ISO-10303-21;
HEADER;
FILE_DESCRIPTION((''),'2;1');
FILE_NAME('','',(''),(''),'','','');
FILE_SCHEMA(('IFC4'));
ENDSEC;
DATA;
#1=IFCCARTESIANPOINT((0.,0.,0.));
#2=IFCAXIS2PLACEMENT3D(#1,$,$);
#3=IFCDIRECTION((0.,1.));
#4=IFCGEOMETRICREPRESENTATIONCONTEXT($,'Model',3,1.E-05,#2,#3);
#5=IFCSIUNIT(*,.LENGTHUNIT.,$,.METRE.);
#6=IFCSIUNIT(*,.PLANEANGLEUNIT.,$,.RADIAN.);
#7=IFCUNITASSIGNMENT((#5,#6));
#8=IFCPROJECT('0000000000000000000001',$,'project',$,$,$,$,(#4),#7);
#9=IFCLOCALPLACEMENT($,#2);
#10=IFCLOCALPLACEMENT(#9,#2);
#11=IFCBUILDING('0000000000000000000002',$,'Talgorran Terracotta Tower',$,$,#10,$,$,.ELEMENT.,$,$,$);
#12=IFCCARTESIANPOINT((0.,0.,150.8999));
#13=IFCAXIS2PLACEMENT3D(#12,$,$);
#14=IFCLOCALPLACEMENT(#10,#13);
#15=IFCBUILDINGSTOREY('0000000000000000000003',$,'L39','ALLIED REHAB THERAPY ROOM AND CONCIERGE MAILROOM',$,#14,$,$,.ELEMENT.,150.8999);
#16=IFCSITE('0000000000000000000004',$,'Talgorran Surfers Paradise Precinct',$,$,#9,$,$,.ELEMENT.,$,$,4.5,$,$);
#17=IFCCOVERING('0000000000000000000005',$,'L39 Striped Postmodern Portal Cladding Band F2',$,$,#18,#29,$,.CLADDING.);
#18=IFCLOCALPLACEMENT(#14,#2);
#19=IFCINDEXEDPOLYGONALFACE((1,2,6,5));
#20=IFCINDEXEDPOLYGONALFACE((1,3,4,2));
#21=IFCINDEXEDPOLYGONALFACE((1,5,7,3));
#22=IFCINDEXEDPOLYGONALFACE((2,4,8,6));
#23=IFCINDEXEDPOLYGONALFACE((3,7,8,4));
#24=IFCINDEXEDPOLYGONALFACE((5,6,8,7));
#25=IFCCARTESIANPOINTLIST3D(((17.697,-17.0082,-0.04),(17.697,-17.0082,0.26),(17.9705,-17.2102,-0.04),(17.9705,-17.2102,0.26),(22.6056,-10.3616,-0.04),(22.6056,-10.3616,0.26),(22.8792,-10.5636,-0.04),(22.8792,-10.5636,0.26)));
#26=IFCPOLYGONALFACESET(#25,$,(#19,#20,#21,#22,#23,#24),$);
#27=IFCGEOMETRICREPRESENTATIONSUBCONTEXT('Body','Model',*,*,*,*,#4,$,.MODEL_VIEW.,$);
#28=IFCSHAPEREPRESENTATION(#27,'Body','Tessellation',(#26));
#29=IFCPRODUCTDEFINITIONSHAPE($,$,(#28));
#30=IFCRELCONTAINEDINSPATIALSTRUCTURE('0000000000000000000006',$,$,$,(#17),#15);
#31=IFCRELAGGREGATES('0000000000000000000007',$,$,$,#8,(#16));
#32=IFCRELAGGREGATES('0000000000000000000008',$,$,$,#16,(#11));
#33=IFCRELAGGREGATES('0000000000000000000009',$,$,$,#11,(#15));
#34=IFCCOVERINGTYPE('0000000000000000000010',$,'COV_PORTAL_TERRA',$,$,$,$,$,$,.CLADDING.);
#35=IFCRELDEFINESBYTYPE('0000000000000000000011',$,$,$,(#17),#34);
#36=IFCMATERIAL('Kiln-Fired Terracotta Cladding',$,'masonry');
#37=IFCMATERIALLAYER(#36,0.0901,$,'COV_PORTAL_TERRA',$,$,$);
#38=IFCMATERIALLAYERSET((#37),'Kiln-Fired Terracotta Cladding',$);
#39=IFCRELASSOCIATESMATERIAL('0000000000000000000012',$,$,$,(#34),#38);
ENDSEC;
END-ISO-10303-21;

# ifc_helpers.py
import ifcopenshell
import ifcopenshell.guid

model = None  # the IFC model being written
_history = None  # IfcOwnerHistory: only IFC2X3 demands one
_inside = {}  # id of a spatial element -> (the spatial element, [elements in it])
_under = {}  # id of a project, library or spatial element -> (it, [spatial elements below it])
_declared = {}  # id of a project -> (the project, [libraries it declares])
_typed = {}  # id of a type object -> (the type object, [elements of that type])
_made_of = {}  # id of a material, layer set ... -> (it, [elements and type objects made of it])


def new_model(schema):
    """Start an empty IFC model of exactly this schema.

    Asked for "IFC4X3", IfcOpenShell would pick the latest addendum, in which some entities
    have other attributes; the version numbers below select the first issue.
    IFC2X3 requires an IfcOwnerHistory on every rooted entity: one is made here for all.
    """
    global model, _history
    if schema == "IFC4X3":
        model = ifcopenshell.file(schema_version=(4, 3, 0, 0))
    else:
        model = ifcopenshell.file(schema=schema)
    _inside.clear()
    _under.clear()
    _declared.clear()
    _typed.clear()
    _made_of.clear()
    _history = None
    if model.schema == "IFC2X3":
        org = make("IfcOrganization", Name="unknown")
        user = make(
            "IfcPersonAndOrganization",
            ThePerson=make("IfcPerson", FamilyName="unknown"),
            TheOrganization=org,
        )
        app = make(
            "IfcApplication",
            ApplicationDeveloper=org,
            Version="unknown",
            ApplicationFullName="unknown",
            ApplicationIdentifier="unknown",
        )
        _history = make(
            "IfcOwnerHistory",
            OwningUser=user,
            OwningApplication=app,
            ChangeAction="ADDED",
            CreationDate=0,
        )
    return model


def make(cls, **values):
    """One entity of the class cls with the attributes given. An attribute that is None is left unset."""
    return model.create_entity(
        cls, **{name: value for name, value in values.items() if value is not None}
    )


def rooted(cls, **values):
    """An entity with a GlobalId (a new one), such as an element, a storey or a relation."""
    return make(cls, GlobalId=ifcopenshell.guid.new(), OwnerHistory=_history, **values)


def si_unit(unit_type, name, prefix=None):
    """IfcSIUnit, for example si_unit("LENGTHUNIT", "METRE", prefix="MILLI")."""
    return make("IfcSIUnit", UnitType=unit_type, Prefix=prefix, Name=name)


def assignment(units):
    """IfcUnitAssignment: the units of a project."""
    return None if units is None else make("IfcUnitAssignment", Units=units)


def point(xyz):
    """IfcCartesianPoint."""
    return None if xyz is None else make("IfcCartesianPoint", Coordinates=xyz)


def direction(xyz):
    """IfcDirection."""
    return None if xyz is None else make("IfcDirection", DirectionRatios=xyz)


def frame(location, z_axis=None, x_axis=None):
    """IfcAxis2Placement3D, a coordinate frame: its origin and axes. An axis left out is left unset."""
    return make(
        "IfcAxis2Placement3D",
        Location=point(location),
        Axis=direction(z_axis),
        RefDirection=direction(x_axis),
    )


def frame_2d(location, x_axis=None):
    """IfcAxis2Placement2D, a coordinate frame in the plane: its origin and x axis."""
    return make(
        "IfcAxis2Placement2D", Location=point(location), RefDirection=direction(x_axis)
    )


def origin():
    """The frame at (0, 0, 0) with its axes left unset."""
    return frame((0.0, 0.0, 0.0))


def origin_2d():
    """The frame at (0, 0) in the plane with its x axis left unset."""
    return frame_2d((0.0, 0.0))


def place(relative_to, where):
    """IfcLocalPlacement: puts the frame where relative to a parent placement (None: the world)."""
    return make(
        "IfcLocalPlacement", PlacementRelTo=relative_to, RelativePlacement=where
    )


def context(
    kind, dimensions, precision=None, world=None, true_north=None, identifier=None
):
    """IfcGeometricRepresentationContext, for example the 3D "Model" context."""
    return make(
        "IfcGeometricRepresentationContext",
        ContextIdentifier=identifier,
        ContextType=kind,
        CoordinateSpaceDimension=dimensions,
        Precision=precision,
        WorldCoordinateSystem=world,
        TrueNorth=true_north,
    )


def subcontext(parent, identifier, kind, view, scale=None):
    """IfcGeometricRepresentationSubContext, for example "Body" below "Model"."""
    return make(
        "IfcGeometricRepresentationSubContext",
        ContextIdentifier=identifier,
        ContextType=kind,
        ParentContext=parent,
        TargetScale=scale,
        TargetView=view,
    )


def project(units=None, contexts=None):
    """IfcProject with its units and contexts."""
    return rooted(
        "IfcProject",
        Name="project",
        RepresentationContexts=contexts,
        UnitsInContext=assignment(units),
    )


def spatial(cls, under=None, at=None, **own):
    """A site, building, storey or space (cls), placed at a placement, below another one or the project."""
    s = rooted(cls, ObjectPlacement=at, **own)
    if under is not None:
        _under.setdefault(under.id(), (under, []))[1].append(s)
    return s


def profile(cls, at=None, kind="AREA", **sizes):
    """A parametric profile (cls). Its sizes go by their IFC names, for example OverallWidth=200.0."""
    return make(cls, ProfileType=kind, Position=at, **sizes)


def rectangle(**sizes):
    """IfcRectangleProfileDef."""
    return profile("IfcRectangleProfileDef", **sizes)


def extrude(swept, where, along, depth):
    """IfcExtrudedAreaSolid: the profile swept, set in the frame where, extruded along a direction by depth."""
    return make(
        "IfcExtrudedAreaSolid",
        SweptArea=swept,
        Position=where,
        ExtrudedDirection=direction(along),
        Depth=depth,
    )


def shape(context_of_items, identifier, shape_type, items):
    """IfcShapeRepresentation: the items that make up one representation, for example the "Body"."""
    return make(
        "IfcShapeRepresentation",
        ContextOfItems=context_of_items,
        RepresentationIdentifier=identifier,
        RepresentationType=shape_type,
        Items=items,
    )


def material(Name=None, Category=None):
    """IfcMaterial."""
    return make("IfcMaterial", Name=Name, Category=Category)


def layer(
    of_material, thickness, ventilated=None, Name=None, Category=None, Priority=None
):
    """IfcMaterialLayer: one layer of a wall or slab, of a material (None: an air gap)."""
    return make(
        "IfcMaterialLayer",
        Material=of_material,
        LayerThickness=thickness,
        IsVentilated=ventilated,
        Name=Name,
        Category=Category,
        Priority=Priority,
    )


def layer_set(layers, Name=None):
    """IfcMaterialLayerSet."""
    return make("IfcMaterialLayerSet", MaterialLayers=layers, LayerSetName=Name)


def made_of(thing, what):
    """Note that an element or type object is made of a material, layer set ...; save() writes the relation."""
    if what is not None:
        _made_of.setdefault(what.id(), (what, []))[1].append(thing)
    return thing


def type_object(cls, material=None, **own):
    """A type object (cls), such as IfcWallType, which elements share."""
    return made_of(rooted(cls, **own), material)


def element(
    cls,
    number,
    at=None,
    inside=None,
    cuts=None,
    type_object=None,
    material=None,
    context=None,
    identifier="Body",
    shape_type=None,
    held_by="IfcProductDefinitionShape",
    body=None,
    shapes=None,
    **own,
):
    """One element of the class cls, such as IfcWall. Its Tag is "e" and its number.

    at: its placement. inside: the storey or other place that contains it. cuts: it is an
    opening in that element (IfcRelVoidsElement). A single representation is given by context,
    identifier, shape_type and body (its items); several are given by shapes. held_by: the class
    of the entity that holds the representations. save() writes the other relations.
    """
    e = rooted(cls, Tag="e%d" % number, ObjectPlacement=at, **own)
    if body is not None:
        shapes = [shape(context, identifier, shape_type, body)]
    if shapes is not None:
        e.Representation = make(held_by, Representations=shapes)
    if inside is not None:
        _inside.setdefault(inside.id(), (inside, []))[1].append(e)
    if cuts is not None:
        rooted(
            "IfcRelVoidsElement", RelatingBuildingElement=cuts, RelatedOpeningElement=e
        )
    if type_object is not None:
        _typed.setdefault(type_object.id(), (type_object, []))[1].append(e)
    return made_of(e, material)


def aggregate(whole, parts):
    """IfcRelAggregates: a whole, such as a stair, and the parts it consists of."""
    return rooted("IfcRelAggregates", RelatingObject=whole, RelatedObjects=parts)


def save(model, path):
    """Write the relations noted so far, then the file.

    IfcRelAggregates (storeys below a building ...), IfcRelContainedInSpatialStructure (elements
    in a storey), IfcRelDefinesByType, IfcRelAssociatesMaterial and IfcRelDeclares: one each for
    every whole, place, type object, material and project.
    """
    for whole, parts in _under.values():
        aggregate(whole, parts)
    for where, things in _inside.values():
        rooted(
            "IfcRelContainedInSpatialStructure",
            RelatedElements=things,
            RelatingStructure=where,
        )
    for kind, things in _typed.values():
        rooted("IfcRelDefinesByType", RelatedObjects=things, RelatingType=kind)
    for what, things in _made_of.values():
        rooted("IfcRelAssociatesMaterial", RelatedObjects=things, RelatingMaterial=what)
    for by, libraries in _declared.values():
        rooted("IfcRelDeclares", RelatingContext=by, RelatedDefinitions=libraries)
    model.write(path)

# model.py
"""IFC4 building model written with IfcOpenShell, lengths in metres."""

from ifc_helpers import new_model, si_unit, direction, frame, origin, origin_2d, place, context, subcontext, project, spatial, rectangle, extrude, material, layer, layer_set, type_object, element, save


model = new_model("IFC4")

# Units and contexts
model_context = context("Model", 3, precision=1e-05, world=origin(), true_north=direction((0.0, 1.0)))
body_context = subcontext(model_context, "Body", "Model", "MODEL_VIEW")
ifc_project = project(units=[si_unit("LENGTHUNIT", "METRE"), si_unit("PLANEANGLEUNIT", "RADIAN")], contexts=[model_context])

# Site, building, storey
site_placement = place(None, origin())
site = spatial("IfcSite", under=ifc_project, at=site_placement, Name="Talgorran Surfers Paradise Precinct", CompositionType="ELEMENT", RefElevation=4.5)
building_placement = place(site_placement, origin())
building = spatial("IfcBuilding", under=site, at=building_placement, Name="Talgorran Terracotta Tower", CompositionType="ELEMENT")
storey_placement = place(building_placement, frame((0.0, 0.0, 150.8999)))
storey = spatial("IfcBuildingStorey", under=building, at=storey_placement, Name="L39", Description="ALLIED REHAB THERAPY ROOM AND CONCIERGE MAILROOM", CompositionType="ELEMENT", Elevation=150.8999)

# Covering
ifc_material_1 = material(Name="Kiln-Fired Terracotta Cladding", Category="masonry")
ifc_layer_1 = layer(ifc_material_1, 0.0901, Name="COV_PORTAL_TERRA")
ifc_layer_set_1 = layer_set([ifc_layer_1], Name="Kiln-Fired Terracotta Cladding")
covering_type_1 = type_object("IfcCoveringType", Name="COV_PORTAL_TERRA", PredefinedType="CLADDING", material=ifc_layer_set_1)
covering_1_placement = place(storey_placement, frame((20.2881, -13.7859, -0.04), z_axis=(0.0, 0.0, 1.0), x_axis=(0.594079, 0.804407, 0.0)))
element("IfcCovering", 1, at=covering_1_placement, inside=storey, type_object=covering_type_1, Name="L39 Striped Postmodern Portal Cladding Band F2", PredefinedType="CLADDING", context=body_context, shape_type="SweptSolid", body=[
    extrude(rectangle(XDim=8.2627, YDim=0.3401, at=origin_2d()), origin(), (0.0, 0.0, 1.0), 0.3),
])

save(model, "model.ifc")
